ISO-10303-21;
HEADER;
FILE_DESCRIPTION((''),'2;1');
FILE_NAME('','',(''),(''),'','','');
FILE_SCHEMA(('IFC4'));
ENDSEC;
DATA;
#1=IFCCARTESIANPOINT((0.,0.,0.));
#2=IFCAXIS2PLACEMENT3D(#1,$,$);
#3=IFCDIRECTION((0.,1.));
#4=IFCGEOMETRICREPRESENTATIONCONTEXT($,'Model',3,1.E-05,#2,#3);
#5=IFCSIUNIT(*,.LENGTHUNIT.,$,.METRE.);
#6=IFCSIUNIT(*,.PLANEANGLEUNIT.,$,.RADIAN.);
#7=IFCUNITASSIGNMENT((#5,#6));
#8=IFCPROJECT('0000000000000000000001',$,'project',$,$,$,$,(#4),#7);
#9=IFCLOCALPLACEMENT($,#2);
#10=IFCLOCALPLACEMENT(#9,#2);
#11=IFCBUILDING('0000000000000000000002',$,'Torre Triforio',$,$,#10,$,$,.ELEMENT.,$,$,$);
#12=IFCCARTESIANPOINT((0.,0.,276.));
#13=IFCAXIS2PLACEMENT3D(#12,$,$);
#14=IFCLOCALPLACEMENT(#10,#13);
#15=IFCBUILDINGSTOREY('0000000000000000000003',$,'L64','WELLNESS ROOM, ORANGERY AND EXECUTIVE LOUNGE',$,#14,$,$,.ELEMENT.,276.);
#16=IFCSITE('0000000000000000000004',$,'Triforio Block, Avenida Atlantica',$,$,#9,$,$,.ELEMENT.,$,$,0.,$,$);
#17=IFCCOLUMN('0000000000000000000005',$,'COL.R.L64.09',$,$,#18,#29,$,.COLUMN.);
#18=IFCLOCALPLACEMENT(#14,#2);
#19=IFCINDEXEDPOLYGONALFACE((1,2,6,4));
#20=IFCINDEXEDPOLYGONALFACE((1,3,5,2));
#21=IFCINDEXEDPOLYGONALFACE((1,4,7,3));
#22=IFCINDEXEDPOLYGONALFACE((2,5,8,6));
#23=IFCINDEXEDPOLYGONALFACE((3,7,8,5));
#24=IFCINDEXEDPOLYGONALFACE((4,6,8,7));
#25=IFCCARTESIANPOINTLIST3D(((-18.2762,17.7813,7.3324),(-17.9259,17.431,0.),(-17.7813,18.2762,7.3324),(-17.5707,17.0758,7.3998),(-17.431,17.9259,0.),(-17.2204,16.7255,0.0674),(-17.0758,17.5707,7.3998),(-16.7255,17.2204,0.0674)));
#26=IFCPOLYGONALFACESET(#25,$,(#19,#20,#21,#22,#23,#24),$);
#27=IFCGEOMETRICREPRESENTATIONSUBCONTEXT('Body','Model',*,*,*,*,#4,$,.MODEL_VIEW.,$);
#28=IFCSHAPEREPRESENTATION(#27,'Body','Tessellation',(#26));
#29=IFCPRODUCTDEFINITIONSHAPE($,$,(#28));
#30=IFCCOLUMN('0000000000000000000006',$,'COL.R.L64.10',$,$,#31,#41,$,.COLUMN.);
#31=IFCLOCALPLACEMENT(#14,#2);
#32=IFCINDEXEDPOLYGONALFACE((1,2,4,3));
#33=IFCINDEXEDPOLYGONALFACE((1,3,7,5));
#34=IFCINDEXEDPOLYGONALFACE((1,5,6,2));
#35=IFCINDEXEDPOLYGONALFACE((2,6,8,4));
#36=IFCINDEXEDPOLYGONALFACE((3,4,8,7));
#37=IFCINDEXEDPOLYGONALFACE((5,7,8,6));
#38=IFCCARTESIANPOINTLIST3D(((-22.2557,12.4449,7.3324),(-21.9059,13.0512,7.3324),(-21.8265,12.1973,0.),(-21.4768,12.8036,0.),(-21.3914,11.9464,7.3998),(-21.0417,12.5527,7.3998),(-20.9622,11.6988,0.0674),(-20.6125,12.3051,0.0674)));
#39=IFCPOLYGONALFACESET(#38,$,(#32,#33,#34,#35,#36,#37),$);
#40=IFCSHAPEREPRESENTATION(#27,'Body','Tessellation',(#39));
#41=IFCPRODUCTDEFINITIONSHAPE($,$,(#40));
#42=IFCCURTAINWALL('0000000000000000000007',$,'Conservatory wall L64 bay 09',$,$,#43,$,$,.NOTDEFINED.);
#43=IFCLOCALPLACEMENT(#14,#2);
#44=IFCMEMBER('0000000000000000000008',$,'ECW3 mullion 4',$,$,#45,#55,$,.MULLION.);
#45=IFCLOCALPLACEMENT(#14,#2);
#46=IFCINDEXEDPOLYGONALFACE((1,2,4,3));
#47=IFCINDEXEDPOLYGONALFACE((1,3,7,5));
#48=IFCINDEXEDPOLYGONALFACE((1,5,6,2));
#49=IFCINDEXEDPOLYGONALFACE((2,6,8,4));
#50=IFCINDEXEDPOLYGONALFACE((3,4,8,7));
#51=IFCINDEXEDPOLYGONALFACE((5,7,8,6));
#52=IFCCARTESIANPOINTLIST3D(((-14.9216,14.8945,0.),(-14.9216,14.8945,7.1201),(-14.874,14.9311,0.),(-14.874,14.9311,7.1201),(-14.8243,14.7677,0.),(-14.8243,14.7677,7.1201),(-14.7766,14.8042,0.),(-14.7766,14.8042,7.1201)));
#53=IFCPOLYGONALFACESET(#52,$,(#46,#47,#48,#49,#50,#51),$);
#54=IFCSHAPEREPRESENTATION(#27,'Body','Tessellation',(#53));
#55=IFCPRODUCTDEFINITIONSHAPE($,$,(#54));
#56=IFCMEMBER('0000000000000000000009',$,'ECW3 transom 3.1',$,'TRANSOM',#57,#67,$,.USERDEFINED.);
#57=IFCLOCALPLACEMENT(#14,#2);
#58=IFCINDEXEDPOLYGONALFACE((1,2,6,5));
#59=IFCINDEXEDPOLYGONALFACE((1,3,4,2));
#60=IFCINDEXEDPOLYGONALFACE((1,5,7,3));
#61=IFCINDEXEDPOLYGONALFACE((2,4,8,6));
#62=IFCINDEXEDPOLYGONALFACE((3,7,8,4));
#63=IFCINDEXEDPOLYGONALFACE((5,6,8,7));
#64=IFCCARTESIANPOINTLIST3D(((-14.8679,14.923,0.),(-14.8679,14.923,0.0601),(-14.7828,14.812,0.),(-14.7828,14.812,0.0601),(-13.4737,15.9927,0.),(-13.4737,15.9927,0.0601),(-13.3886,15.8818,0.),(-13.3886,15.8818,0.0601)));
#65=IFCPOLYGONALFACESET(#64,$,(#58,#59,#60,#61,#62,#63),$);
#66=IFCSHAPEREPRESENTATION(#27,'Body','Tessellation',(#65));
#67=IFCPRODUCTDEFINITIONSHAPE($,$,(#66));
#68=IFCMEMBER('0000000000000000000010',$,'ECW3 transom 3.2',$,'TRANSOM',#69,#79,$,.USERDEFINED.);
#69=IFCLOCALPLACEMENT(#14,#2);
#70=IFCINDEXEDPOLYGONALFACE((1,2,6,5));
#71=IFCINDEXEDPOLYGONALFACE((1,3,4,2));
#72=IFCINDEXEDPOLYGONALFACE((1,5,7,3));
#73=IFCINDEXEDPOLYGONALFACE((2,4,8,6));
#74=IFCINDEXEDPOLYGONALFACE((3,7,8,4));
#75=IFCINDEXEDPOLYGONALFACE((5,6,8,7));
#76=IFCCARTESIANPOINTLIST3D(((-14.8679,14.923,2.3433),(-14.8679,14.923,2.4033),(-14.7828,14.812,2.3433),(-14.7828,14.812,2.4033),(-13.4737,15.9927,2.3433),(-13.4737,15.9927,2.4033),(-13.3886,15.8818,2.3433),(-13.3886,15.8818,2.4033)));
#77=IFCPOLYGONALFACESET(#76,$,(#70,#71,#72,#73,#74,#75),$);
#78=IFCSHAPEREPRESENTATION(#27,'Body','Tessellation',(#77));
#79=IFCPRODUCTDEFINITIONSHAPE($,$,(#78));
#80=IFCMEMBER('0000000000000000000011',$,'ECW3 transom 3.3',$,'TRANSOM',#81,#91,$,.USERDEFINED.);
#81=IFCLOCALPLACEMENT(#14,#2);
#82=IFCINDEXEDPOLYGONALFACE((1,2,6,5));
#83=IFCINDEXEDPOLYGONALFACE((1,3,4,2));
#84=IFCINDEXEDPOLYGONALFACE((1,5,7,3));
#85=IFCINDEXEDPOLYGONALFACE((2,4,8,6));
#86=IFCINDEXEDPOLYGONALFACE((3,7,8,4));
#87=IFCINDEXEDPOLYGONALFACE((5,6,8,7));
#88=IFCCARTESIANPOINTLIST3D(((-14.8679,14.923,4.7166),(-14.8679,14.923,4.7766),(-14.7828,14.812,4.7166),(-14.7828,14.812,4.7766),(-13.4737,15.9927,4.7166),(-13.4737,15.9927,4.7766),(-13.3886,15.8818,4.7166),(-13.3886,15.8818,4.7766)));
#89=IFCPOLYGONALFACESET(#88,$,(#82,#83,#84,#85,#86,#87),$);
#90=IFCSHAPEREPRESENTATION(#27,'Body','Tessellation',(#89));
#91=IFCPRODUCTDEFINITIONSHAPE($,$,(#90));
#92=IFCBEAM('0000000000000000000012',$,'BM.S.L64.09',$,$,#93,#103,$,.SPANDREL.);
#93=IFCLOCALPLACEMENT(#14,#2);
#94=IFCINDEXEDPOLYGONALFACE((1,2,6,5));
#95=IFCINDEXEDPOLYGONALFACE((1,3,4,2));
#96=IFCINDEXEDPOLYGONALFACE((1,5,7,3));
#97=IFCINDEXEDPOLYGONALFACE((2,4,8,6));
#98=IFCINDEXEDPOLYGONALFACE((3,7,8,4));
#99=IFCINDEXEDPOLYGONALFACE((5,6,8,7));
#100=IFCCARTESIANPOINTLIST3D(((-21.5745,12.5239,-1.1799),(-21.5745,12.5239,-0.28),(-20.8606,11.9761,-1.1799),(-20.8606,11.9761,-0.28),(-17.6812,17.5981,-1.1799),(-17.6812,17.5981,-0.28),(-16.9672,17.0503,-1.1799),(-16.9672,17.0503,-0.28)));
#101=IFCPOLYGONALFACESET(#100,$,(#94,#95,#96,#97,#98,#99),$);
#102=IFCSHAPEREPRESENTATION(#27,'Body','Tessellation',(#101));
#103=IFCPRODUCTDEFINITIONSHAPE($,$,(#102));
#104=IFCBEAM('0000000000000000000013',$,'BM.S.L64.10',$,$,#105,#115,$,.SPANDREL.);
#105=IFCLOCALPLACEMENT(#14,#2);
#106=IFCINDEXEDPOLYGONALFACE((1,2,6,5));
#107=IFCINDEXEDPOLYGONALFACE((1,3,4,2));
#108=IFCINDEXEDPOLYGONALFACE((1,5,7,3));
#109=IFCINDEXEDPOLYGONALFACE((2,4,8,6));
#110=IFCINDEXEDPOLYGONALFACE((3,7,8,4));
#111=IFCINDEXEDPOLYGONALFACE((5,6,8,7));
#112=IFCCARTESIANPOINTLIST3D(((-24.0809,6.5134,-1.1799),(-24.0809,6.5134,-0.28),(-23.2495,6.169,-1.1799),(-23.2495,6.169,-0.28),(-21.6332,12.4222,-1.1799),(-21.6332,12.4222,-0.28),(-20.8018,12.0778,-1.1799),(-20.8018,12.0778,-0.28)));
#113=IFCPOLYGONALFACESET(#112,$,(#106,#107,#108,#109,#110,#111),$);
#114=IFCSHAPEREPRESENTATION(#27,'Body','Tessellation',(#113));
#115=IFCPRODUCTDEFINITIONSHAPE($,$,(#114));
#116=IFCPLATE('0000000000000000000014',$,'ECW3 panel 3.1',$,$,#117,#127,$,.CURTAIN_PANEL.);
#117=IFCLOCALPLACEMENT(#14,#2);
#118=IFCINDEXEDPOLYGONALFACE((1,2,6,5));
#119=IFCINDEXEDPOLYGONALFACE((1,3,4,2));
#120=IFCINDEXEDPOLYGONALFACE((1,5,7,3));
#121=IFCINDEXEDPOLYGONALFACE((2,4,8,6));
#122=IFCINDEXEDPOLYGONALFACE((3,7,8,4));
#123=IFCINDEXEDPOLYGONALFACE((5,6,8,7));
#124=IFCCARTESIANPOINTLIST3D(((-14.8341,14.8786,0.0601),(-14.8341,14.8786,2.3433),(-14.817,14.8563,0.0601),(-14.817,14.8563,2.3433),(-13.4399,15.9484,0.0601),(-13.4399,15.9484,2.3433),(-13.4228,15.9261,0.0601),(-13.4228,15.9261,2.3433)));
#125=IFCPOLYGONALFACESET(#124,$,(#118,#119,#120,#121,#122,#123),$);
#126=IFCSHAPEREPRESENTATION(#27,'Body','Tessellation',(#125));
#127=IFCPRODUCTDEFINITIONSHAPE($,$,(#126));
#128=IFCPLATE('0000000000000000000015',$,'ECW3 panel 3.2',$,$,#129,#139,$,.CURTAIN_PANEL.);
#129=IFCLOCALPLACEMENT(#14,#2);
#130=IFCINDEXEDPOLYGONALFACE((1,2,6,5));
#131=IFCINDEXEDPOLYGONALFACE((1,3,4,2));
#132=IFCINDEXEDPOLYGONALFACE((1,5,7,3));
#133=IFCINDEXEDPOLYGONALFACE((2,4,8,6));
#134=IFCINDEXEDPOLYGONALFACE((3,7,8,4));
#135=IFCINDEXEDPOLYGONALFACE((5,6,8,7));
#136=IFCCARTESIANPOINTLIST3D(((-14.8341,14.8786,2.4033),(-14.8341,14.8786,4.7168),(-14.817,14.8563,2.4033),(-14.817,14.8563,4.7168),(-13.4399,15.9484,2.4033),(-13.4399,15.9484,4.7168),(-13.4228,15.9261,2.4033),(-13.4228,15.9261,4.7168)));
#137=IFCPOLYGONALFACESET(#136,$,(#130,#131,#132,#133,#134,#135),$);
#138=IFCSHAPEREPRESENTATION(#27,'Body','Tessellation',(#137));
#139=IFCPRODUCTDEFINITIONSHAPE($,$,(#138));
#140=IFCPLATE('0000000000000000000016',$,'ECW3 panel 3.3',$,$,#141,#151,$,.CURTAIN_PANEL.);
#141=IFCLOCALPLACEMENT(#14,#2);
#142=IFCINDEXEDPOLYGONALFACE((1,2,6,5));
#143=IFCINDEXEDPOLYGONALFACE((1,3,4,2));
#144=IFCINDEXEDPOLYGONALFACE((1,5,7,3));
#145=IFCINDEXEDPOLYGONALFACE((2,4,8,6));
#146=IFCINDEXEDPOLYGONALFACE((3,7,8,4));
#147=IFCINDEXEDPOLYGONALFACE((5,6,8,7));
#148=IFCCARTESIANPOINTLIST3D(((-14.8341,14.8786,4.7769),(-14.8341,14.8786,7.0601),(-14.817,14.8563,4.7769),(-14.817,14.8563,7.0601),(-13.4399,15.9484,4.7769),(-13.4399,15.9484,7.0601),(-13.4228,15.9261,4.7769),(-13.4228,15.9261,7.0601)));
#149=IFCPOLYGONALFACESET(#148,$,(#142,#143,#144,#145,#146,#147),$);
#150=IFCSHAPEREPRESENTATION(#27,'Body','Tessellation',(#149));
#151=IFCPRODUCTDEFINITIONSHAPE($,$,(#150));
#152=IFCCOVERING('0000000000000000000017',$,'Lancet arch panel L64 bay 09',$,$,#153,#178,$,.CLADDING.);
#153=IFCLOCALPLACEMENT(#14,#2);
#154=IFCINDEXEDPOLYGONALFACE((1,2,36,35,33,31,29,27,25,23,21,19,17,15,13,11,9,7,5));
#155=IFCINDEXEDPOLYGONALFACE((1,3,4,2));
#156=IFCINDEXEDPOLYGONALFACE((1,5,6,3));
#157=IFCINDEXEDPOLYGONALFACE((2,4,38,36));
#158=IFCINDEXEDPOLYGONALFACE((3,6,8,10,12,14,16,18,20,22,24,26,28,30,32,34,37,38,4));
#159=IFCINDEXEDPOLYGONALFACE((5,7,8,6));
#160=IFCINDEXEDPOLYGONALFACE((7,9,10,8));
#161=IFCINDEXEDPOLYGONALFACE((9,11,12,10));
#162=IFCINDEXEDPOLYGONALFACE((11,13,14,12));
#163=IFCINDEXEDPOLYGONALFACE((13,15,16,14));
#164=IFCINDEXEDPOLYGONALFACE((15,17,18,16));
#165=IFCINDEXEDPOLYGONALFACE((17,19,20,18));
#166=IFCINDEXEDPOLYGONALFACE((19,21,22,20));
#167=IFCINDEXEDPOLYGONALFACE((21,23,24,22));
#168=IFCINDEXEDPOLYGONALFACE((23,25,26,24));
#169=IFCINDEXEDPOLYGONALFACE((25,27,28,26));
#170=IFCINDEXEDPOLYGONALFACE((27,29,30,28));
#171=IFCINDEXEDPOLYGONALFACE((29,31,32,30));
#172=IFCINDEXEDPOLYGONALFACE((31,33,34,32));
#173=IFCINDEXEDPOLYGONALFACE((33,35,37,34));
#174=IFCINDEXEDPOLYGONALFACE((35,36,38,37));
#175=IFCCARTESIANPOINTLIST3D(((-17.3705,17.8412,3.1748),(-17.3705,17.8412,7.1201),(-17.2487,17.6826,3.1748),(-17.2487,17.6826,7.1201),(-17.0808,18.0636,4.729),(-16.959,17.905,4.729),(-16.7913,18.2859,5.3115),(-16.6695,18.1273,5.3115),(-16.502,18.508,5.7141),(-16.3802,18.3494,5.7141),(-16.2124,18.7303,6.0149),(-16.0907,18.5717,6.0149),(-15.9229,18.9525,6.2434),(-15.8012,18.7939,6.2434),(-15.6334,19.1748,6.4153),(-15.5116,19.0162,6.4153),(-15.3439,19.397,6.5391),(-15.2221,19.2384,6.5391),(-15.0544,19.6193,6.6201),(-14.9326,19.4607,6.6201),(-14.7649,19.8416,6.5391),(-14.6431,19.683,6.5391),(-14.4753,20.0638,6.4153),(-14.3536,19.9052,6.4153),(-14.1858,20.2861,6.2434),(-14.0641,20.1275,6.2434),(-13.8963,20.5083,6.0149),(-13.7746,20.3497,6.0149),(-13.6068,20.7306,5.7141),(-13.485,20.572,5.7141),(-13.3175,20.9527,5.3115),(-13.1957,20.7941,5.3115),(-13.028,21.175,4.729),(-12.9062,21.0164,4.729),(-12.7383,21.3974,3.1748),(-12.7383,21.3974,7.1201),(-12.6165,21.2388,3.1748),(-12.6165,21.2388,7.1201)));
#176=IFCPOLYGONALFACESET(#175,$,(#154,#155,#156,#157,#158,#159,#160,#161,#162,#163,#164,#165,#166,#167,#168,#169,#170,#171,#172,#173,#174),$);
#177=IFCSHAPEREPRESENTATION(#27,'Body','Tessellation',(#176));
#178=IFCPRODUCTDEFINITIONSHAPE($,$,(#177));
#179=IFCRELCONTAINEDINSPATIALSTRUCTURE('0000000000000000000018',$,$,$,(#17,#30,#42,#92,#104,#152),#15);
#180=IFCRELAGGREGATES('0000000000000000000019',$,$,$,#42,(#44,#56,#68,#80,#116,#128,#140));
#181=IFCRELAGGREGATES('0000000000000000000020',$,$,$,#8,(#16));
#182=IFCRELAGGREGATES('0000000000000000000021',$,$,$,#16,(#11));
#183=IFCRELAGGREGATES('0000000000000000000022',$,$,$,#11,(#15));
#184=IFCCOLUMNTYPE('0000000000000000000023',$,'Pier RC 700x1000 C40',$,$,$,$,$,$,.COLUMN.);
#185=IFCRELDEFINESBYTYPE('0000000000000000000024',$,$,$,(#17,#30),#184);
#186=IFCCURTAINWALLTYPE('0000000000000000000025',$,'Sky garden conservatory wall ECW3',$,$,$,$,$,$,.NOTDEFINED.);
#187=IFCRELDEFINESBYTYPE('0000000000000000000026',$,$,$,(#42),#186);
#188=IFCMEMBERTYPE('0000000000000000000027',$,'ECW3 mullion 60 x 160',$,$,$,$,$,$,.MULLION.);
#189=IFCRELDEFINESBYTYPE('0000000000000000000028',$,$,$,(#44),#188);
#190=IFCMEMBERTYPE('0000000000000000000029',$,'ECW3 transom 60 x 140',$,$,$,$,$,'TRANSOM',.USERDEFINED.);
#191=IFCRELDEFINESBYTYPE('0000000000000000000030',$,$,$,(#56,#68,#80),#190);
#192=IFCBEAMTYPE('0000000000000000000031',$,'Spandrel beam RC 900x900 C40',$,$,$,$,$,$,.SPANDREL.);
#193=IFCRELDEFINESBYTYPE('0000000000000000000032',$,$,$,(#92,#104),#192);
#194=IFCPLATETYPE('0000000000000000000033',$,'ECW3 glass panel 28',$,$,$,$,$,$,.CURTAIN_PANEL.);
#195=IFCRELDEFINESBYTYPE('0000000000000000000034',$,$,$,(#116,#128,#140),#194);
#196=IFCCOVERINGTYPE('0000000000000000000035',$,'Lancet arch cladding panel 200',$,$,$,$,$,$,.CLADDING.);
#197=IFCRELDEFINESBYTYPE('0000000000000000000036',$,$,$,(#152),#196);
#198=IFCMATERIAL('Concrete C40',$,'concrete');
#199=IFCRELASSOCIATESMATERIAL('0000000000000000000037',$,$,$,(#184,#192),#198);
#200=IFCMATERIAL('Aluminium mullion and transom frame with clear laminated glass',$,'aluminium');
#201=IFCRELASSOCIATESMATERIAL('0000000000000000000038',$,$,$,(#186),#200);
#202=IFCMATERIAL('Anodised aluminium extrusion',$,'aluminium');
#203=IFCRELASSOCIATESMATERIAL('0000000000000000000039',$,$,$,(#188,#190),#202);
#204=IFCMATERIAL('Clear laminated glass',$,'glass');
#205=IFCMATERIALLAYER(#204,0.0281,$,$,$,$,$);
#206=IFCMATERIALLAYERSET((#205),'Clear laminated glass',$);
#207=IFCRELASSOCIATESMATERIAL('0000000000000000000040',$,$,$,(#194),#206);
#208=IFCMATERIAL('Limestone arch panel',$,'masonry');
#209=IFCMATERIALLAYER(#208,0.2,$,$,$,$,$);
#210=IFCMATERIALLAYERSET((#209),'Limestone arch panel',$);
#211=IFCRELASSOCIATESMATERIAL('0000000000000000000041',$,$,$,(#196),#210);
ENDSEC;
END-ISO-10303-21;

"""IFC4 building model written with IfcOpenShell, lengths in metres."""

from ifc_helpers import new_model, si_unit, direction, frame, origin, origin_2d, place, context, subcontext, project, spatial, polyline, rectangle, outline, extrude, material, layer, layer_set, material_profile, profile_set, type_object, element, aggregate, save


model = new_model("IFC4")

# Units and contexts
model_context = context("Model", 3, precision=1e-05, world=origin(), true_north=direction((0.0, 1.0)))
body_context = subcontext(model_context, "Body", "Model", "MODEL_VIEW")
ifc_project = project(units=[si_unit("LENGTHUNIT", "METRE"), si_unit("PLANEANGLEUNIT", "RADIAN")], contexts=[model_context])

# Site, building, storey
site_placement = place(None, origin())
site = spatial("IfcSite", under=ifc_project, at=site_placement, Name="Triforio Block, Avenida Atlantica", CompositionType="ELEMENT", RefElevation=0.0)
building_placement = place(site_placement, origin())
building = spatial("IfcBuilding", under=site, at=building_placement, Name="Torre Triforio", CompositionType="ELEMENT")
storey_placement = place(building_placement, frame((0.0, 0.0, 276.0)))
storey = spatial("IfcBuildingStorey", under=building, at=storey_placement, Name="L64", Description="WELLNESS ROOM, ORANGERY AND EXECUTIVE LOUNGE", CompositionType="ELEMENT", Elevation=276.0)

# Columns
ifc_material_1 = material(Name="Concrete C40", Category="concrete")
ifc_material_profile_1 = material_profile(ifc_material_1, rectangle(XDim=0.7, YDim=1.0, at=origin_2d()), Name="RC 700x1000")
ifc_profile_set_1 = profile_set([ifc_material_profile_1], Name="Concrete C40")
column_type = type_object("IfcColumnType", Name="Pier RC 700x1000 C40", PredefinedType="COLUMN", material=ifc_profile_set_1)
for number, where, z_axis, x_axis, name in (
    (1, (-17.3257, 17.3257, 0.0337), (-0.04767, 0.04767, 0.997725), (-0.707107, -0.707107, 0.0), "COL.R.L64.09"),
    (2, (-21.2195, 12.2512, 0.0337), (-0.0584, 0.033685, 0.997725), (-0.499637, -0.866235, 0.0), "COL.R.L64.10"),
):
    element("IfcColumn", number, at=place(storey_placement, frame(where, z_axis=z_axis, x_axis=x_axis)), inside=storey, type_object=column_type, Name=name, PredefinedType="COLUMN", context=body_context, shape_type="SweptSolid", body=[
        extrude(rectangle(XDim=0.7, YDim=1.0, at=origin_2d()), origin(), (0.0, 0.0, 1.0), 7.3491),
    ])

# Curtain wall, members
ifc_material_2 = material(Name="Aluminium mullion and transom frame with clear laminated glass", Category="aluminium")
curtain_wall_type = type_object("IfcCurtainWallType", Name="Sky garden conservatory wall ECW3", PredefinedType="NOTDEFINED", material=ifc_material_2)
curtain_wall_placement = place(storey_placement, origin())
curtain_wall = element("IfcCurtainWall", 3, at=curtain_wall_placement, inside=storey, type_object=curtain_wall_type, Name="Conservatory wall L64 bay 09", PredefinedType="NOTDEFINED")
ifc_material_3 = material(Name="Anodised aluminium extrusion", Category="aluminium")
ifc_material_profile_2 = material_profile(ifc_material_3, rectangle(XDim=0.1599, YDim=0.0601, at=origin_2d()), Name="ECW3 MULLION 60x160")
ifc_profile_set_2 = profile_set([ifc_material_profile_2], Name="Anodised aluminium extrusion")
member_type_1 = type_object("IfcMemberType", Name="ECW3 mullion 60 x 160", PredefinedType="MULLION", material=ifc_profile_set_2)
member_1_placement = place(storey_placement, frame((-14.8491, 14.8494, 0.0), z_axis=(0.0, 0.0, 1.0), x_axis=(0.608763, -0.793352, 0.0)))
member_1 = element("IfcMember", 4, at=member_1_placement, type_object=member_type_1, Name="ECW3 mullion 4", PredefinedType="MULLION", context=body_context, shape_type="SweptSolid", body=[
    extrude(rectangle(XDim=0.1599, YDim=0.0601, at=origin_2d()), origin(), (0.0, 0.0, 1.0), 7.1201),
])
ifc_material_profile_3 = material_profile(ifc_material_3, rectangle(XDim=0.1399, YDim=0.0601, at=origin_2d()), Name="ECW3 TRANSOM 60x140")
ifc_profile_set_3 = profile_set([ifc_material_profile_3], Name="Anodised aluminium extrusion")
member_type_2 = type_object("IfcMemberType", Name="ECW3 transom 60 x 140", ElementType="TRANSOM", PredefinedType="USERDEFINED", material=ifc_profile_set_3)
member_2_placement = place(storey_placement, frame((-13.4312, 15.9373, 0.03), z_axis=(-0.793367, -0.608744, 0.0), x_axis=(0.608744, -0.793367, 0.0)))
member_2 = element("IfcMember", 5, at=member_2_placement, type_object=member_type_2, Name="ECW3 transom 3.1", ObjectType="TRANSOM", PredefinedType="USERDEFINED", context=body_context, shape_type="SweptSolid", body=[
    extrude(rectangle(XDim=0.1399, YDim=0.0601, at=origin_2d()), origin(), (0.0, 0.0, 1.0), 1.7573),
])
member_3_placement = place(storey_placement, frame((-13.4312, 15.9373, 2.3733), z_axis=(-0.793367, -0.608744, 0.0), x_axis=(0.608744, -0.793367, 0.0)))
member_3 = element("IfcMember", 6, at=member_3_placement, type_object=member_type_2, Name="ECW3 transom 3.2", ObjectType="TRANSOM", PredefinedType="USERDEFINED", context=body_context, shape_type="SweptSolid", body=[
    extrude(rectangle(XDim=0.1399, YDim=0.0601, at=origin_2d()), origin(), (0.0, 0.0, 1.0), 1.7573),
])
member_4_placement = place(storey_placement, frame((-13.4312, 15.9373, 4.7466), z_axis=(-0.793367, -0.608744, 0.0), x_axis=(0.608744, -0.793367, 0.0)))
member_4 = element("IfcMember", 7, at=member_4_placement, type_object=member_type_2, Name="ECW3 transom 3.3", ObjectType="TRANSOM", PredefinedType="USERDEFINED", context=body_context, shape_type="SweptSolid", body=[
    extrude(rectangle(XDim=0.1399, YDim=0.0601, at=origin_2d()), origin(), (0.0, 0.0, 1.0), 1.7573),
])

# Beams
ifc_material_profile_4 = material_profile(ifc_material_1, rectangle(XDim=0.8999, YDim=0.8999, at=origin_2d()), Name="RC 900x900")
ifc_profile_set_4 = profile_set([ifc_material_profile_4], Name="Concrete C40")
beam_type = type_object("IfcBeamType", Name="Spandrel beam RC 900x900 C40", PredefinedType="SPANDREL", material=ifc_profile_set_4)
for number, where, z_axis, x_axis, name in (
    (8, (-17.3242, 17.3242, -0.73), (-0.608734, -0.793374, 0.0), (0.793374, -0.608734, 0.0), "BM.S.L64.09"),
    (9, (-21.2175, 12.25, -0.73), (-0.382709, -0.923869, 0.0), (0.923869, -0.382709, 0.0), "BM.S.L64.10"),
):
    element("IfcBeam", number, at=place(storey_placement, frame(where, z_axis=z_axis, x_axis=x_axis)), inside=storey, type_object=beam_type, Name=name, PredefinedType="SPANDREL", context=body_context, shape_type="SweptSolid", body=[
        extrude(rectangle(XDim=0.8999, YDim=0.8999, at=origin_2d()), origin(), (0.0, 0.0, 1.0), 6.3958),
    ])

# Plates
ifc_material_4 = material(Name="Clear laminated glass", Category="glass")
ifc_layer_1 = layer(ifc_material_4, 0.0281)
ifc_layer_set_1 = layer_set([ifc_layer_1], Name="Clear laminated glass")
plate_type = type_object("IfcPlateType", Name="ECW3 glass panel 28", PredefinedType="CURTAIN_PANEL", material=ifc_layer_set_1)
plate_1_placement = place(storey_placement, frame((-14.1284, 15.4023, 0.0601), z_axis=(0.0, 0.0, 1.0), x_axis=(-0.793352, -0.608763, 0.0)))
plate_1 = element("IfcPlate", 10, at=plate_1_placement, type_object=plate_type, Name="ECW3 panel 3.1", PredefinedType="CURTAIN_PANEL", context=body_context, shape_type="SweptSolid", body=[
    extrude(rectangle(XDim=1.7573, YDim=0.0281, at=origin_2d()), origin(), (0.0, 0.0, 1.0), 2.2832),
])
plate_2_placement = place(storey_placement, frame((-14.1284, 15.4023, 2.4033), z_axis=(0.0, 0.0, 1.0), x_axis=(-0.793352, -0.608763, 0.0)))
plate_2 = element("IfcPlate", 11, at=plate_2_placement, type_object=plate_type, Name="ECW3 panel 3.2", PredefinedType="CURTAIN_PANEL", context=body_context, shape_type="SweptSolid", body=[
    extrude(rectangle(XDim=1.7573, YDim=0.0281, at=origin_2d()), origin(), (0.0, 0.0, 1.0), 2.3135),
])
plate_3_placement = place(storey_placement, frame((-14.1284, 15.4023, 4.7769), z_axis=(0.0, 0.0, 1.0), x_axis=(-0.793352, -0.608763, 0.0)))
plate_3 = element("IfcPlate", 12, at=plate_3_placement, type_object=plate_type, Name="ECW3 panel 3.3", PredefinedType="CURTAIN_PANEL", context=body_context, shape_type="SweptSolid", body=[
    extrude(rectangle(XDim=1.7573, YDim=0.0281, at=origin_2d()), origin(), (0.0, 0.0, 1.0), 2.2832),
])
aggregate(curtain_wall, [member_1, member_2, member_3, member_4, plate_1, plate_2, plate_3])

# Covering
ifc_material_5 = material(Name="Limestone arch panel", Category="masonry")
ifc_layer_2 = layer(ifc_material_5, 0.2)
ifc_layer_set_2 = layer_set([ifc_layer_2], Name="Limestone arch panel")
covering_type_1 = type_object("IfcCoveringType", Name="Lancet arch cladding panel 200", PredefinedType="CLADDING", material=ifc_layer_set_2)
for number, where, z_axis, x_axis, name in (
    (13, (-14.9326, 19.4607, 0.0), (-0.608944, 0.793213, 0.0), (-0.793213, -0.608944, 0.0), "Lancet arch panel L64 bay 09"),
):
    element("IfcCovering", number, at=place(storey_placement, frame(where, z_axis=z_axis, x_axis=x_axis)), inside=storey, type_object=covering_type_1, Name=name, PredefinedType="CLADDING", context=body_context, shape_type="SweptSolid", body=[
        extrude(outline(polyline([(-2.9199, 7.1201), (-2.9199, 3.1748), (-2.5547, 4.729), (-2.1897, 5.3115), (-1.825, 5.7141), (-1.46, 6.0149), (-1.095, 6.2434), (-0.73, 6.4153), (-0.365, 6.5391), (0.0, 6.6201), (0.365, 6.5391), (0.73, 6.4153), (1.095, 6.2434), (1.46, 6.0149), (1.825, 5.7141), (2.1897, 5.3115), (2.5547, 4.729), (2.9199, 3.1748), (2.9199, 7.1201), (-2.9199, 7.1201)])), origin(), (0.0, 0.0, 1.0), 0.2),
    ])

save(model, "model.ifc")
